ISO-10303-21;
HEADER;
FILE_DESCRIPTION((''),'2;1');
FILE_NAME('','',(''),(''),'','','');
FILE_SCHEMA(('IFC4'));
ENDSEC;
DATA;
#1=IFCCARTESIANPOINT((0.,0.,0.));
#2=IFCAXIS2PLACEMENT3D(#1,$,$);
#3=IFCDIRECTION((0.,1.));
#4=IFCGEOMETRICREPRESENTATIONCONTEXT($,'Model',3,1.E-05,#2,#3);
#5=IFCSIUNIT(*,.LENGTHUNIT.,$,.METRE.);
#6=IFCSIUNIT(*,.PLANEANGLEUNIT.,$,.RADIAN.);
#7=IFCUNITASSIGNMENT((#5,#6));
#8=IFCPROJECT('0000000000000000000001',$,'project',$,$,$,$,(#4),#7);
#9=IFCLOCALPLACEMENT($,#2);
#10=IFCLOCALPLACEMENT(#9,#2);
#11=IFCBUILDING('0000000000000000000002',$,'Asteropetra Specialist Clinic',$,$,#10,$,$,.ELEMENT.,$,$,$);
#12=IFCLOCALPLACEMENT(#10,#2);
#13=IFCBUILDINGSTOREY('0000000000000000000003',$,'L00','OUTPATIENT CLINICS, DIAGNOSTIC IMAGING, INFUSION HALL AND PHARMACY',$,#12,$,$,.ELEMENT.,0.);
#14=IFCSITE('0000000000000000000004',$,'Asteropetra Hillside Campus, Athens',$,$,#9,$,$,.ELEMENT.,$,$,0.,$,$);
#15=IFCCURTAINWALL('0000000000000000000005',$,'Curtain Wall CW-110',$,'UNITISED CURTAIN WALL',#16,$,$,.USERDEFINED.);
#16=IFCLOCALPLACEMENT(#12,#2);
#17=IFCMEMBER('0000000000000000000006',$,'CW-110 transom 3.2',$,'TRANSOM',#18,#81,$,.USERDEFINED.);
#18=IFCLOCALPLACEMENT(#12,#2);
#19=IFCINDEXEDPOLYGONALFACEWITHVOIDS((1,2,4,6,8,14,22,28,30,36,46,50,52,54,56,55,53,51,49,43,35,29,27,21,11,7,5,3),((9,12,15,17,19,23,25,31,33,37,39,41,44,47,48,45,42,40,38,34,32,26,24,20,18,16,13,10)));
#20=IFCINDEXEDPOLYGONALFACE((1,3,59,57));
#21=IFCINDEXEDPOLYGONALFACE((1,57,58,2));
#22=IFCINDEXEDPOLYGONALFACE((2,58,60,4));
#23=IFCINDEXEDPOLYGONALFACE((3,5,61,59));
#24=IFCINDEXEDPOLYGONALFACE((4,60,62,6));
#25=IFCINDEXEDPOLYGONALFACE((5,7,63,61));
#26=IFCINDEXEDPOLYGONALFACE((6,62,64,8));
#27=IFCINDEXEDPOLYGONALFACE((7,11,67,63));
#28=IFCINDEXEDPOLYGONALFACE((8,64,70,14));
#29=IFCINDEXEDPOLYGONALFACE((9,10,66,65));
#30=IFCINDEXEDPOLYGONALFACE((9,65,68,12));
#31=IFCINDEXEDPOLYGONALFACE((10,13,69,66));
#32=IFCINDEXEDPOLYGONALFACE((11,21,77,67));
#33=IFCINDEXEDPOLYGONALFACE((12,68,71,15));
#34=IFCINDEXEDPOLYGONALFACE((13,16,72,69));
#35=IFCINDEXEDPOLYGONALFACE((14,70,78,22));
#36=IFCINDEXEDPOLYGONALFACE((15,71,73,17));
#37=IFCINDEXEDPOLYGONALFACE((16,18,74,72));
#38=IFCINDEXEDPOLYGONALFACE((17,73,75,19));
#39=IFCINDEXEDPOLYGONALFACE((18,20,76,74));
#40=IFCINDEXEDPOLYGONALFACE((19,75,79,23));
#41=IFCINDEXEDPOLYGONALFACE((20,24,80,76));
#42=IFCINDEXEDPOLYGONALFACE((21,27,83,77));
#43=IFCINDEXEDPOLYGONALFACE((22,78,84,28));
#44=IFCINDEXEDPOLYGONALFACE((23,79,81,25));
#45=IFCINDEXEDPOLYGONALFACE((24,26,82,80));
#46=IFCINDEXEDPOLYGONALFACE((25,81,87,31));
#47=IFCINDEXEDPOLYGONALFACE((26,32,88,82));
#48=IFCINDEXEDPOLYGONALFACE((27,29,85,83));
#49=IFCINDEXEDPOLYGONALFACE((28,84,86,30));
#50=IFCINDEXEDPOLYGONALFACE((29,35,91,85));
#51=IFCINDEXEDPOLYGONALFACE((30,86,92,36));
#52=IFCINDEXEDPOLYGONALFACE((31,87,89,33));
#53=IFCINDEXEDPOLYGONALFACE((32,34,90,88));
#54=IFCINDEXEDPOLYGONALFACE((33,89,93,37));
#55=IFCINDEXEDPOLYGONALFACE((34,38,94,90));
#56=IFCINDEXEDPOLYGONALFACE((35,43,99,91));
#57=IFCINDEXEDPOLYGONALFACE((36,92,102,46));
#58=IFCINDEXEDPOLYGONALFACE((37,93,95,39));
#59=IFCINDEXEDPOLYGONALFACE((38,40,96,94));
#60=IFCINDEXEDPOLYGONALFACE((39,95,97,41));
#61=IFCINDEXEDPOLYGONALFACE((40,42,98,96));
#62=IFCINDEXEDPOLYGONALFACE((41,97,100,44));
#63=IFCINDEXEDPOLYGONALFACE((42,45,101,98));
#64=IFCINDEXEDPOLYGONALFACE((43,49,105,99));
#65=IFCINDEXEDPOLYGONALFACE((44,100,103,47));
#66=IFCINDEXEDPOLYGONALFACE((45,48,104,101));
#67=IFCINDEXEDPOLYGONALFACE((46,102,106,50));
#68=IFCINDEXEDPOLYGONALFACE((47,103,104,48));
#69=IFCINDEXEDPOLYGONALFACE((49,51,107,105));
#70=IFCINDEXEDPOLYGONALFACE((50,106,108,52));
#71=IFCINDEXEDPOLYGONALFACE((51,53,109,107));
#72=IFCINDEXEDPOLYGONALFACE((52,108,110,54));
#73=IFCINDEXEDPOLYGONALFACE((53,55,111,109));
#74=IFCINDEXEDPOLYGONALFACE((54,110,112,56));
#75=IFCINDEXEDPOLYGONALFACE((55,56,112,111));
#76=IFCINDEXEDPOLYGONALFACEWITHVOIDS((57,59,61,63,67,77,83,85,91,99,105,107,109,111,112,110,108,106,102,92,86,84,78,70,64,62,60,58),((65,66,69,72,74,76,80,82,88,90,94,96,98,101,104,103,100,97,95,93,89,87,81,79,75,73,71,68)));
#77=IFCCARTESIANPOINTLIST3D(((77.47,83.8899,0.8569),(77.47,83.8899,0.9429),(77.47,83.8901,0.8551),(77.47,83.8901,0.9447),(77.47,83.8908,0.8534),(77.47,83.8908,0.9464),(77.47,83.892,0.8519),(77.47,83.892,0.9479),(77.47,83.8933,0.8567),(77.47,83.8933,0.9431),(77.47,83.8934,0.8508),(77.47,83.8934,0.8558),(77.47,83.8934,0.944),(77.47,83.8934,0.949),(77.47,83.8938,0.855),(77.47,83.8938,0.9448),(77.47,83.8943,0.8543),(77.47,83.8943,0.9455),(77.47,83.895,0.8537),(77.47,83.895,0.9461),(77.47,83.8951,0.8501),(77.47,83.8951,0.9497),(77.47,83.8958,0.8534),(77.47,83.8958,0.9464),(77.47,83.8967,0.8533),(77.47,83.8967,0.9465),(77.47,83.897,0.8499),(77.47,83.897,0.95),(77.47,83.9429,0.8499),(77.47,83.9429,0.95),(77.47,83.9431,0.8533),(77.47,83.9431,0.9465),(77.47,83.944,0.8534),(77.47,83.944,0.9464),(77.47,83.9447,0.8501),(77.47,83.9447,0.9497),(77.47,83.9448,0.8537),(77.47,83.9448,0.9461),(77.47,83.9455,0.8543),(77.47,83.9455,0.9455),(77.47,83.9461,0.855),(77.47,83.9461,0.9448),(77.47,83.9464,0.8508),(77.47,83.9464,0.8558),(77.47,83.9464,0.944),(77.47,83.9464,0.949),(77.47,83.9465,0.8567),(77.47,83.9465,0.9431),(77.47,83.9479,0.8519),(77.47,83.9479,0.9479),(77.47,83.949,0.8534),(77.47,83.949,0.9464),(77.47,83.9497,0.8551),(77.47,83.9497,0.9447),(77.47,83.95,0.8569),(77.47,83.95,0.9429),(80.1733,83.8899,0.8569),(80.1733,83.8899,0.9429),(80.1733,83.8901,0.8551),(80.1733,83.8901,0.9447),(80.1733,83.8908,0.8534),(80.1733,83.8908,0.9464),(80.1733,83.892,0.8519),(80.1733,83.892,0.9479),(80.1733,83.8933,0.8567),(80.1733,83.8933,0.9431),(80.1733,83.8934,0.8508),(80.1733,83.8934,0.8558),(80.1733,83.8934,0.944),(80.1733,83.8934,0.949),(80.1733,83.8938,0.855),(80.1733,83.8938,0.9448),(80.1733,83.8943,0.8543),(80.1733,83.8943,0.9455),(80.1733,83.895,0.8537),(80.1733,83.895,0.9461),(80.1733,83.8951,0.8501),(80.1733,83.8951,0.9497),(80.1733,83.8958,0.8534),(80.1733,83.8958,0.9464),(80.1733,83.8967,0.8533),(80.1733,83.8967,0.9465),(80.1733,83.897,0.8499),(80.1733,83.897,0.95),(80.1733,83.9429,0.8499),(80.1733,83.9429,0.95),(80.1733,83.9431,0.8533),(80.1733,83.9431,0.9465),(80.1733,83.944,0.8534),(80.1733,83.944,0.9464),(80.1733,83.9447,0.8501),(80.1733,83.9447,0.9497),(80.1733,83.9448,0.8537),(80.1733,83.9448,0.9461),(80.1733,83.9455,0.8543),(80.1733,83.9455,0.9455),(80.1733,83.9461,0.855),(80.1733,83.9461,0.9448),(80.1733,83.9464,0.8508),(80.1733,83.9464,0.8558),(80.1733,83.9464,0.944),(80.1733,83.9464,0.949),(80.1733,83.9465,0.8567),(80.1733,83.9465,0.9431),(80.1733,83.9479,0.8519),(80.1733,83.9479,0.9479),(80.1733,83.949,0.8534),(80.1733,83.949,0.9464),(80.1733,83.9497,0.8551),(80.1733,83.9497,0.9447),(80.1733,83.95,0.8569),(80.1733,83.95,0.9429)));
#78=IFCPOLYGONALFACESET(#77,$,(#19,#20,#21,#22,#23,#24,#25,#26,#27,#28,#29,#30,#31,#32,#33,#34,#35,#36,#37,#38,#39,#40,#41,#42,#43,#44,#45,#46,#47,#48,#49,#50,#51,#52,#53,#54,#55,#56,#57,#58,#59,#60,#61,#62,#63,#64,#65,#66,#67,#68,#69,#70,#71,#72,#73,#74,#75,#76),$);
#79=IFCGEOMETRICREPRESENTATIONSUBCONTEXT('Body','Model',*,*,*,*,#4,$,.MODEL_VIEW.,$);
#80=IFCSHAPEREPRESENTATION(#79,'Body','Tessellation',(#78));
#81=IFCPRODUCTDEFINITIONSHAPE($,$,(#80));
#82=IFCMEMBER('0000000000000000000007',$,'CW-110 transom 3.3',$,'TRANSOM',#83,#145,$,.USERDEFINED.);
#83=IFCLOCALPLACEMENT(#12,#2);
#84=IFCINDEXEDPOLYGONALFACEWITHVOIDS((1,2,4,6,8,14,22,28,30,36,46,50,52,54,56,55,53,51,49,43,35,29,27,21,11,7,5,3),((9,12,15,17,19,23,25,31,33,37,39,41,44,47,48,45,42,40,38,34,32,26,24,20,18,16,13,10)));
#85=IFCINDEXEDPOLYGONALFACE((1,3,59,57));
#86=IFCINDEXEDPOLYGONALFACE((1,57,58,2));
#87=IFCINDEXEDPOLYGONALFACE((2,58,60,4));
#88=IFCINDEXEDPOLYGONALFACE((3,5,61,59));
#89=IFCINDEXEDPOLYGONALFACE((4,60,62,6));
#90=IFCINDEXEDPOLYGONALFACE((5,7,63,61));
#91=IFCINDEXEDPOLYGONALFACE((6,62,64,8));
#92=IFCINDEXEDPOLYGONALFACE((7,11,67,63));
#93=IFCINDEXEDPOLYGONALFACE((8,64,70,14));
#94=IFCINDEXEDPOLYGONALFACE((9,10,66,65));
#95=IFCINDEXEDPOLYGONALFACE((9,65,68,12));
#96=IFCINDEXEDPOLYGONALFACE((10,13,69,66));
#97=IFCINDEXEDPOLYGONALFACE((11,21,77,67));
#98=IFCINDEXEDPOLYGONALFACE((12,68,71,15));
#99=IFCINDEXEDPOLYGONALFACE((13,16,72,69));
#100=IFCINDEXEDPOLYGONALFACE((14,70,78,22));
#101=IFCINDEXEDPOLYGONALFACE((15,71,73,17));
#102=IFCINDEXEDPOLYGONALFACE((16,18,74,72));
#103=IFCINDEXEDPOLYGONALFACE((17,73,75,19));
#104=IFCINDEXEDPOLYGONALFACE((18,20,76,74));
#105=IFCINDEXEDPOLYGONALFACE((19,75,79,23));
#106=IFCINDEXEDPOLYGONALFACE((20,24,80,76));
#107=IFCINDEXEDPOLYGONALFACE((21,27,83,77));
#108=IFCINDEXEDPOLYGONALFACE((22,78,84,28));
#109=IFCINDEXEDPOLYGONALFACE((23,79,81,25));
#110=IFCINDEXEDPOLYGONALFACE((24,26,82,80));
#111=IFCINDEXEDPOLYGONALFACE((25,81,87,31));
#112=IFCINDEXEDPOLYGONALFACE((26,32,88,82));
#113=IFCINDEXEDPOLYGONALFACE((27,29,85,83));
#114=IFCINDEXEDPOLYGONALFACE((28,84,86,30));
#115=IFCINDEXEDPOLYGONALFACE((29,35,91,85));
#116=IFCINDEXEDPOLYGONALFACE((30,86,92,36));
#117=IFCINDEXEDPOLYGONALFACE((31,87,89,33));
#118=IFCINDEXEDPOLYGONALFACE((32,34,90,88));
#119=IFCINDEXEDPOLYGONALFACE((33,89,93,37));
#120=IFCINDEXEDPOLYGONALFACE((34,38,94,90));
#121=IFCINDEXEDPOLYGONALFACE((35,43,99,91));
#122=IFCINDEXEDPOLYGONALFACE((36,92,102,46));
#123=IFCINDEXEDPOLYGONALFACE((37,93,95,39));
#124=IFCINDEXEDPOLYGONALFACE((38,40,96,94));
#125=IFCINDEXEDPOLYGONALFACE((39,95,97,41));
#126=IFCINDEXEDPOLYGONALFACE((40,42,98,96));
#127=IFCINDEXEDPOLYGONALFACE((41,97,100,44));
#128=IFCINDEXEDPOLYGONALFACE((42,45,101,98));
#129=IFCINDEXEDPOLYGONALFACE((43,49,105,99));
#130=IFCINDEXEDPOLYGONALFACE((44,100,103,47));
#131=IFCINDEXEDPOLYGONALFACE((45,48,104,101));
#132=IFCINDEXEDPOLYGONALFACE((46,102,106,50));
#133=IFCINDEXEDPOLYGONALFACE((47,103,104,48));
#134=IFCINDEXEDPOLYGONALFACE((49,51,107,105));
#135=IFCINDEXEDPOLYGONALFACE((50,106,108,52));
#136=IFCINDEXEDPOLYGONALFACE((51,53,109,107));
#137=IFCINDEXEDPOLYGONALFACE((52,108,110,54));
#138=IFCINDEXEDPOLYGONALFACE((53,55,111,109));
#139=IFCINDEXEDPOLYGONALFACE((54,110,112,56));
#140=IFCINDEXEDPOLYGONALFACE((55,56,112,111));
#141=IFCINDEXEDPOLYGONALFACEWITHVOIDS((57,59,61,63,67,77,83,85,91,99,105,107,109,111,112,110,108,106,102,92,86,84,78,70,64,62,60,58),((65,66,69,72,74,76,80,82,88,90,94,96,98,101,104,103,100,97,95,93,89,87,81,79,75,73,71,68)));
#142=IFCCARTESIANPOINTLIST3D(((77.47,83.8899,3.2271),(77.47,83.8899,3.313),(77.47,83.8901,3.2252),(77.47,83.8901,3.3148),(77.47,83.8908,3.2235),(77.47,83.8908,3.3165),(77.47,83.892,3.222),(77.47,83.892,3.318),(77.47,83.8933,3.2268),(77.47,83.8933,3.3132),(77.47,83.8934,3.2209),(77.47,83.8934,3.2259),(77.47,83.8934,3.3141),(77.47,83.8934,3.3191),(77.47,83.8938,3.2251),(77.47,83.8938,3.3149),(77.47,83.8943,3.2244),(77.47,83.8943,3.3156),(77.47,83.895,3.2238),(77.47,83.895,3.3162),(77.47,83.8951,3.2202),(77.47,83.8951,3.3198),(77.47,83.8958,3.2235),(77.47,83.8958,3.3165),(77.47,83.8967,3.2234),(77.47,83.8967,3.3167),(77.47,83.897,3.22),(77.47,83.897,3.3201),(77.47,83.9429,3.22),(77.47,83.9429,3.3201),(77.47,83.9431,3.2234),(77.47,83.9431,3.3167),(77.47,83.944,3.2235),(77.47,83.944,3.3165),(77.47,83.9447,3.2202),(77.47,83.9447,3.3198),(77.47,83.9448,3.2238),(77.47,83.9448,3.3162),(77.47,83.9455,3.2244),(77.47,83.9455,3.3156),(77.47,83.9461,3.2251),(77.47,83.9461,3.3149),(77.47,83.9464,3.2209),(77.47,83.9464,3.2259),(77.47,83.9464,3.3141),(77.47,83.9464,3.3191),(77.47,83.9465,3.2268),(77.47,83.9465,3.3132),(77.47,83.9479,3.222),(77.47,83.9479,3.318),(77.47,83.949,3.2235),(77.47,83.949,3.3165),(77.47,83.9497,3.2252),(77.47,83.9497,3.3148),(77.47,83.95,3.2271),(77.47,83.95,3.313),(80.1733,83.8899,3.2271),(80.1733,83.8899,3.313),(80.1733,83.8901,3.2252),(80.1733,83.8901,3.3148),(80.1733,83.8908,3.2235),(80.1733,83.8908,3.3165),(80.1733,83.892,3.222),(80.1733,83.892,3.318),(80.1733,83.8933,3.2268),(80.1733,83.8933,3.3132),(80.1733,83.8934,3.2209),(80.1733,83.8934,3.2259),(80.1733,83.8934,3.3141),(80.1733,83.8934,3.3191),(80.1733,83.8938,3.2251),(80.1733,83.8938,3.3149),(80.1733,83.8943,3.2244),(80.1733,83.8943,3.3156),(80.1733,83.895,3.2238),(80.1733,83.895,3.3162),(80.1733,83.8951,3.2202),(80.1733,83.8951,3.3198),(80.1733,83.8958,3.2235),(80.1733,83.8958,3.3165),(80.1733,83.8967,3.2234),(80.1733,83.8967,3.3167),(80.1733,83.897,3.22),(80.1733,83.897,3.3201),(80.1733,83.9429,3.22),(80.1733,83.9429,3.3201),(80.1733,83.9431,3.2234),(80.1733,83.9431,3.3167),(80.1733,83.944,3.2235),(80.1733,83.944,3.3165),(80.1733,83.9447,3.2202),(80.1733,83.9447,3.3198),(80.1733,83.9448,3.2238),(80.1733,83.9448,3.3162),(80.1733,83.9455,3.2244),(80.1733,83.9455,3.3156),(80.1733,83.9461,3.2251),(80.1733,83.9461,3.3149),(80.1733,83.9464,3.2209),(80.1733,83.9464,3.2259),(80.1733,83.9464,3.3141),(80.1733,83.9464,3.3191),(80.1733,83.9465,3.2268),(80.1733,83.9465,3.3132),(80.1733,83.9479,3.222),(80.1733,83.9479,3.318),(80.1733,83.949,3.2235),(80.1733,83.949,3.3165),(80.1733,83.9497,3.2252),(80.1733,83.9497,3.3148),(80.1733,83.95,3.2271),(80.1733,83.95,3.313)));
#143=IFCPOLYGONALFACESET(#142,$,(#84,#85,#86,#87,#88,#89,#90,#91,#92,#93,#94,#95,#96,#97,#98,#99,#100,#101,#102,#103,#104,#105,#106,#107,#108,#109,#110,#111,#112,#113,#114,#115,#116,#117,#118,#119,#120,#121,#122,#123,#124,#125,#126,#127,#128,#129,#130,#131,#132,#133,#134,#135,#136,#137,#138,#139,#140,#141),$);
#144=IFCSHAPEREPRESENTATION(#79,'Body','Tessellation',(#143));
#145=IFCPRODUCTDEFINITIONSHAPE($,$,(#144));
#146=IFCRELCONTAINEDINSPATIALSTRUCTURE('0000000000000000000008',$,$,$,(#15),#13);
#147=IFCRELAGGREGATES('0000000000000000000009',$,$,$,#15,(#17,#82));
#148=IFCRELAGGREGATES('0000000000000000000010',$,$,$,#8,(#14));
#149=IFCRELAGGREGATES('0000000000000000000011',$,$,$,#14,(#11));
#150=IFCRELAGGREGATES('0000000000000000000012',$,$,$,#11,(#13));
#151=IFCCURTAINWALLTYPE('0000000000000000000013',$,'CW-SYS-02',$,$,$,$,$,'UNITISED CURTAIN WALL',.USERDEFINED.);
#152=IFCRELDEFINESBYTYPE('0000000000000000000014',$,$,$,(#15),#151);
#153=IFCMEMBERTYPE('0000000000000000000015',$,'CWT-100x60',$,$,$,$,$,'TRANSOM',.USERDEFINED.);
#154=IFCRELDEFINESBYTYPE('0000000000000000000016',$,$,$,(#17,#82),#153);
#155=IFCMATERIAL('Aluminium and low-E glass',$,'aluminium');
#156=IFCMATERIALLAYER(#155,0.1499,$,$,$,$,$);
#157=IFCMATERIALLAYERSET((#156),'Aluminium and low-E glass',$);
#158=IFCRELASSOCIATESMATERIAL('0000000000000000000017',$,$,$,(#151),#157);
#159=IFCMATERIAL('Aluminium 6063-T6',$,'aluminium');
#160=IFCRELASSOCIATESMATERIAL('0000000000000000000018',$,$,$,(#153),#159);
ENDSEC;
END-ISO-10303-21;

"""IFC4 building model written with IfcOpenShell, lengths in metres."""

from ifc_helpers import new_model, si_unit, direction, frame, origin, origin_2d, place, context, subcontext, project, spatial, hollow_rectangle, extrude, material, layer, layer_set, material_profile, profile_set, type_object, element, aggregate, save


model = new_model("IFC4")

# Units and contexts
model_context = context("Model", 3, precision=1e-05, world=origin(), true_north=direction((0.0, 1.0)))
body_context = subcontext(model_context, "Body", "Model", "MODEL_VIEW")
ifc_project = project(units=[si_unit("LENGTHUNIT", "METRE"), si_unit("PLANEANGLEUNIT", "RADIAN")], contexts=[model_context])

# Site, building, storey
site_placement = place(None, origin())
site = spatial("IfcSite", under=ifc_project, at=site_placement, Name="Asteropetra Hillside Campus, Athens", CompositionType="ELEMENT", RefElevation=0.0)
building_placement = place(site_placement, origin())
building = spatial("IfcBuilding", under=site, at=building_placement, Name="Asteropetra Specialist Clinic", CompositionType="ELEMENT")
storey_placement = place(building_placement, origin())
storey = spatial("IfcBuildingStorey", under=building, at=storey_placement, Name="L00", Description="OUTPATIENT CLINICS, DIAGNOSTIC IMAGING, INFUSION HALL AND PHARMACY", CompositionType="ELEMENT", Elevation=0.0)

# Curtain wall
ifc_material_1 = material(Name="Aluminium and low-E glass", Category="aluminium")
ifc_layer_1 = layer(ifc_material_1, 0.1499)
ifc_layer_set_1 = layer_set([ifc_layer_1], Name="Aluminium and low-E glass")
curtain_wall_type_1 = type_object("IfcCurtainWallType", Name="CW-SYS-02", ElementType="UNITISED CURTAIN WALL", PredefinedType="USERDEFINED", material=ifc_layer_set_1)
curtain_wall_1_placement = place(storey_placement, origin())
curtain_wall_1 = element("IfcCurtainWall", 1, at=curtain_wall_1_placement, inside=storey, type_object=curtain_wall_type_1, Name="Curtain Wall CW-110", ObjectType="UNITISED CURTAIN WALL", PredefinedType="USERDEFINED")

# Members
ifc_material_2 = material(Name="Aluminium 6063-T6", Category="aluminium")
ifc_material_profile_1 = material_profile(ifc_material_2, hollow_rectangle(XDim=0.0601, YDim=0.1001, WallThickness=0.0034, InnerFilletRadius=0.0034, OuterFilletRadius=0.0071, at=origin_2d()), Name="TRN 100x60x3.5")
ifc_profile_set_1 = profile_set([ifc_material_profile_1], Name="Aluminium 6063-T6")
member_type_1 = type_object("IfcMemberType", Name="CWT-100x60", ElementType="TRANSOM", PredefinedType="USERDEFINED", material=ifc_profile_set_1)
member_1_placement = place(storey_placement, frame((80.1733, 83.9199, 0.8999), z_axis=(-1.0, 0.0, 0.0), x_axis=(0.0, -1.0, 0.0)))
member_1 = element("IfcMember", 2, at=member_1_placement, type_object=member_type_1, Name="CW-110 transom 3.2", ObjectType="TRANSOM", PredefinedType="USERDEFINED", context=body_context, shape_type="SweptSolid", body=[
    extrude(hollow_rectangle(XDim=0.0601, YDim=0.1001, WallThickness=0.0034, InnerFilletRadius=0.0034, OuterFilletRadius=0.0071, at=origin_2d()), origin(), (0.0, 0.0, 1.0), 2.7034),
])
member_2_placement = place(storey_placement, frame((80.1733, 83.9199, 3.27), z_axis=(-1.0, 0.0, 0.0), x_axis=(0.0, -1.0, 0.0)))
member_2 = element("IfcMember", 3, at=member_2_placement, type_object=member_type_1, Name="CW-110 transom 3.3", ObjectType="TRANSOM", PredefinedType="USERDEFINED", context=body_context, shape_type="SweptSolid", body=[
    extrude(hollow_rectangle(XDim=0.0601, YDim=0.1001, WallThickness=0.0034, InnerFilletRadius=0.0034, OuterFilletRadius=0.0071, at=origin_2d()), origin(), (0.0, 0.0, 1.0), 2.7034),
])

aggregate(curtain_wall_1, [member_1, member_2])

save(model, "model.ifc")
